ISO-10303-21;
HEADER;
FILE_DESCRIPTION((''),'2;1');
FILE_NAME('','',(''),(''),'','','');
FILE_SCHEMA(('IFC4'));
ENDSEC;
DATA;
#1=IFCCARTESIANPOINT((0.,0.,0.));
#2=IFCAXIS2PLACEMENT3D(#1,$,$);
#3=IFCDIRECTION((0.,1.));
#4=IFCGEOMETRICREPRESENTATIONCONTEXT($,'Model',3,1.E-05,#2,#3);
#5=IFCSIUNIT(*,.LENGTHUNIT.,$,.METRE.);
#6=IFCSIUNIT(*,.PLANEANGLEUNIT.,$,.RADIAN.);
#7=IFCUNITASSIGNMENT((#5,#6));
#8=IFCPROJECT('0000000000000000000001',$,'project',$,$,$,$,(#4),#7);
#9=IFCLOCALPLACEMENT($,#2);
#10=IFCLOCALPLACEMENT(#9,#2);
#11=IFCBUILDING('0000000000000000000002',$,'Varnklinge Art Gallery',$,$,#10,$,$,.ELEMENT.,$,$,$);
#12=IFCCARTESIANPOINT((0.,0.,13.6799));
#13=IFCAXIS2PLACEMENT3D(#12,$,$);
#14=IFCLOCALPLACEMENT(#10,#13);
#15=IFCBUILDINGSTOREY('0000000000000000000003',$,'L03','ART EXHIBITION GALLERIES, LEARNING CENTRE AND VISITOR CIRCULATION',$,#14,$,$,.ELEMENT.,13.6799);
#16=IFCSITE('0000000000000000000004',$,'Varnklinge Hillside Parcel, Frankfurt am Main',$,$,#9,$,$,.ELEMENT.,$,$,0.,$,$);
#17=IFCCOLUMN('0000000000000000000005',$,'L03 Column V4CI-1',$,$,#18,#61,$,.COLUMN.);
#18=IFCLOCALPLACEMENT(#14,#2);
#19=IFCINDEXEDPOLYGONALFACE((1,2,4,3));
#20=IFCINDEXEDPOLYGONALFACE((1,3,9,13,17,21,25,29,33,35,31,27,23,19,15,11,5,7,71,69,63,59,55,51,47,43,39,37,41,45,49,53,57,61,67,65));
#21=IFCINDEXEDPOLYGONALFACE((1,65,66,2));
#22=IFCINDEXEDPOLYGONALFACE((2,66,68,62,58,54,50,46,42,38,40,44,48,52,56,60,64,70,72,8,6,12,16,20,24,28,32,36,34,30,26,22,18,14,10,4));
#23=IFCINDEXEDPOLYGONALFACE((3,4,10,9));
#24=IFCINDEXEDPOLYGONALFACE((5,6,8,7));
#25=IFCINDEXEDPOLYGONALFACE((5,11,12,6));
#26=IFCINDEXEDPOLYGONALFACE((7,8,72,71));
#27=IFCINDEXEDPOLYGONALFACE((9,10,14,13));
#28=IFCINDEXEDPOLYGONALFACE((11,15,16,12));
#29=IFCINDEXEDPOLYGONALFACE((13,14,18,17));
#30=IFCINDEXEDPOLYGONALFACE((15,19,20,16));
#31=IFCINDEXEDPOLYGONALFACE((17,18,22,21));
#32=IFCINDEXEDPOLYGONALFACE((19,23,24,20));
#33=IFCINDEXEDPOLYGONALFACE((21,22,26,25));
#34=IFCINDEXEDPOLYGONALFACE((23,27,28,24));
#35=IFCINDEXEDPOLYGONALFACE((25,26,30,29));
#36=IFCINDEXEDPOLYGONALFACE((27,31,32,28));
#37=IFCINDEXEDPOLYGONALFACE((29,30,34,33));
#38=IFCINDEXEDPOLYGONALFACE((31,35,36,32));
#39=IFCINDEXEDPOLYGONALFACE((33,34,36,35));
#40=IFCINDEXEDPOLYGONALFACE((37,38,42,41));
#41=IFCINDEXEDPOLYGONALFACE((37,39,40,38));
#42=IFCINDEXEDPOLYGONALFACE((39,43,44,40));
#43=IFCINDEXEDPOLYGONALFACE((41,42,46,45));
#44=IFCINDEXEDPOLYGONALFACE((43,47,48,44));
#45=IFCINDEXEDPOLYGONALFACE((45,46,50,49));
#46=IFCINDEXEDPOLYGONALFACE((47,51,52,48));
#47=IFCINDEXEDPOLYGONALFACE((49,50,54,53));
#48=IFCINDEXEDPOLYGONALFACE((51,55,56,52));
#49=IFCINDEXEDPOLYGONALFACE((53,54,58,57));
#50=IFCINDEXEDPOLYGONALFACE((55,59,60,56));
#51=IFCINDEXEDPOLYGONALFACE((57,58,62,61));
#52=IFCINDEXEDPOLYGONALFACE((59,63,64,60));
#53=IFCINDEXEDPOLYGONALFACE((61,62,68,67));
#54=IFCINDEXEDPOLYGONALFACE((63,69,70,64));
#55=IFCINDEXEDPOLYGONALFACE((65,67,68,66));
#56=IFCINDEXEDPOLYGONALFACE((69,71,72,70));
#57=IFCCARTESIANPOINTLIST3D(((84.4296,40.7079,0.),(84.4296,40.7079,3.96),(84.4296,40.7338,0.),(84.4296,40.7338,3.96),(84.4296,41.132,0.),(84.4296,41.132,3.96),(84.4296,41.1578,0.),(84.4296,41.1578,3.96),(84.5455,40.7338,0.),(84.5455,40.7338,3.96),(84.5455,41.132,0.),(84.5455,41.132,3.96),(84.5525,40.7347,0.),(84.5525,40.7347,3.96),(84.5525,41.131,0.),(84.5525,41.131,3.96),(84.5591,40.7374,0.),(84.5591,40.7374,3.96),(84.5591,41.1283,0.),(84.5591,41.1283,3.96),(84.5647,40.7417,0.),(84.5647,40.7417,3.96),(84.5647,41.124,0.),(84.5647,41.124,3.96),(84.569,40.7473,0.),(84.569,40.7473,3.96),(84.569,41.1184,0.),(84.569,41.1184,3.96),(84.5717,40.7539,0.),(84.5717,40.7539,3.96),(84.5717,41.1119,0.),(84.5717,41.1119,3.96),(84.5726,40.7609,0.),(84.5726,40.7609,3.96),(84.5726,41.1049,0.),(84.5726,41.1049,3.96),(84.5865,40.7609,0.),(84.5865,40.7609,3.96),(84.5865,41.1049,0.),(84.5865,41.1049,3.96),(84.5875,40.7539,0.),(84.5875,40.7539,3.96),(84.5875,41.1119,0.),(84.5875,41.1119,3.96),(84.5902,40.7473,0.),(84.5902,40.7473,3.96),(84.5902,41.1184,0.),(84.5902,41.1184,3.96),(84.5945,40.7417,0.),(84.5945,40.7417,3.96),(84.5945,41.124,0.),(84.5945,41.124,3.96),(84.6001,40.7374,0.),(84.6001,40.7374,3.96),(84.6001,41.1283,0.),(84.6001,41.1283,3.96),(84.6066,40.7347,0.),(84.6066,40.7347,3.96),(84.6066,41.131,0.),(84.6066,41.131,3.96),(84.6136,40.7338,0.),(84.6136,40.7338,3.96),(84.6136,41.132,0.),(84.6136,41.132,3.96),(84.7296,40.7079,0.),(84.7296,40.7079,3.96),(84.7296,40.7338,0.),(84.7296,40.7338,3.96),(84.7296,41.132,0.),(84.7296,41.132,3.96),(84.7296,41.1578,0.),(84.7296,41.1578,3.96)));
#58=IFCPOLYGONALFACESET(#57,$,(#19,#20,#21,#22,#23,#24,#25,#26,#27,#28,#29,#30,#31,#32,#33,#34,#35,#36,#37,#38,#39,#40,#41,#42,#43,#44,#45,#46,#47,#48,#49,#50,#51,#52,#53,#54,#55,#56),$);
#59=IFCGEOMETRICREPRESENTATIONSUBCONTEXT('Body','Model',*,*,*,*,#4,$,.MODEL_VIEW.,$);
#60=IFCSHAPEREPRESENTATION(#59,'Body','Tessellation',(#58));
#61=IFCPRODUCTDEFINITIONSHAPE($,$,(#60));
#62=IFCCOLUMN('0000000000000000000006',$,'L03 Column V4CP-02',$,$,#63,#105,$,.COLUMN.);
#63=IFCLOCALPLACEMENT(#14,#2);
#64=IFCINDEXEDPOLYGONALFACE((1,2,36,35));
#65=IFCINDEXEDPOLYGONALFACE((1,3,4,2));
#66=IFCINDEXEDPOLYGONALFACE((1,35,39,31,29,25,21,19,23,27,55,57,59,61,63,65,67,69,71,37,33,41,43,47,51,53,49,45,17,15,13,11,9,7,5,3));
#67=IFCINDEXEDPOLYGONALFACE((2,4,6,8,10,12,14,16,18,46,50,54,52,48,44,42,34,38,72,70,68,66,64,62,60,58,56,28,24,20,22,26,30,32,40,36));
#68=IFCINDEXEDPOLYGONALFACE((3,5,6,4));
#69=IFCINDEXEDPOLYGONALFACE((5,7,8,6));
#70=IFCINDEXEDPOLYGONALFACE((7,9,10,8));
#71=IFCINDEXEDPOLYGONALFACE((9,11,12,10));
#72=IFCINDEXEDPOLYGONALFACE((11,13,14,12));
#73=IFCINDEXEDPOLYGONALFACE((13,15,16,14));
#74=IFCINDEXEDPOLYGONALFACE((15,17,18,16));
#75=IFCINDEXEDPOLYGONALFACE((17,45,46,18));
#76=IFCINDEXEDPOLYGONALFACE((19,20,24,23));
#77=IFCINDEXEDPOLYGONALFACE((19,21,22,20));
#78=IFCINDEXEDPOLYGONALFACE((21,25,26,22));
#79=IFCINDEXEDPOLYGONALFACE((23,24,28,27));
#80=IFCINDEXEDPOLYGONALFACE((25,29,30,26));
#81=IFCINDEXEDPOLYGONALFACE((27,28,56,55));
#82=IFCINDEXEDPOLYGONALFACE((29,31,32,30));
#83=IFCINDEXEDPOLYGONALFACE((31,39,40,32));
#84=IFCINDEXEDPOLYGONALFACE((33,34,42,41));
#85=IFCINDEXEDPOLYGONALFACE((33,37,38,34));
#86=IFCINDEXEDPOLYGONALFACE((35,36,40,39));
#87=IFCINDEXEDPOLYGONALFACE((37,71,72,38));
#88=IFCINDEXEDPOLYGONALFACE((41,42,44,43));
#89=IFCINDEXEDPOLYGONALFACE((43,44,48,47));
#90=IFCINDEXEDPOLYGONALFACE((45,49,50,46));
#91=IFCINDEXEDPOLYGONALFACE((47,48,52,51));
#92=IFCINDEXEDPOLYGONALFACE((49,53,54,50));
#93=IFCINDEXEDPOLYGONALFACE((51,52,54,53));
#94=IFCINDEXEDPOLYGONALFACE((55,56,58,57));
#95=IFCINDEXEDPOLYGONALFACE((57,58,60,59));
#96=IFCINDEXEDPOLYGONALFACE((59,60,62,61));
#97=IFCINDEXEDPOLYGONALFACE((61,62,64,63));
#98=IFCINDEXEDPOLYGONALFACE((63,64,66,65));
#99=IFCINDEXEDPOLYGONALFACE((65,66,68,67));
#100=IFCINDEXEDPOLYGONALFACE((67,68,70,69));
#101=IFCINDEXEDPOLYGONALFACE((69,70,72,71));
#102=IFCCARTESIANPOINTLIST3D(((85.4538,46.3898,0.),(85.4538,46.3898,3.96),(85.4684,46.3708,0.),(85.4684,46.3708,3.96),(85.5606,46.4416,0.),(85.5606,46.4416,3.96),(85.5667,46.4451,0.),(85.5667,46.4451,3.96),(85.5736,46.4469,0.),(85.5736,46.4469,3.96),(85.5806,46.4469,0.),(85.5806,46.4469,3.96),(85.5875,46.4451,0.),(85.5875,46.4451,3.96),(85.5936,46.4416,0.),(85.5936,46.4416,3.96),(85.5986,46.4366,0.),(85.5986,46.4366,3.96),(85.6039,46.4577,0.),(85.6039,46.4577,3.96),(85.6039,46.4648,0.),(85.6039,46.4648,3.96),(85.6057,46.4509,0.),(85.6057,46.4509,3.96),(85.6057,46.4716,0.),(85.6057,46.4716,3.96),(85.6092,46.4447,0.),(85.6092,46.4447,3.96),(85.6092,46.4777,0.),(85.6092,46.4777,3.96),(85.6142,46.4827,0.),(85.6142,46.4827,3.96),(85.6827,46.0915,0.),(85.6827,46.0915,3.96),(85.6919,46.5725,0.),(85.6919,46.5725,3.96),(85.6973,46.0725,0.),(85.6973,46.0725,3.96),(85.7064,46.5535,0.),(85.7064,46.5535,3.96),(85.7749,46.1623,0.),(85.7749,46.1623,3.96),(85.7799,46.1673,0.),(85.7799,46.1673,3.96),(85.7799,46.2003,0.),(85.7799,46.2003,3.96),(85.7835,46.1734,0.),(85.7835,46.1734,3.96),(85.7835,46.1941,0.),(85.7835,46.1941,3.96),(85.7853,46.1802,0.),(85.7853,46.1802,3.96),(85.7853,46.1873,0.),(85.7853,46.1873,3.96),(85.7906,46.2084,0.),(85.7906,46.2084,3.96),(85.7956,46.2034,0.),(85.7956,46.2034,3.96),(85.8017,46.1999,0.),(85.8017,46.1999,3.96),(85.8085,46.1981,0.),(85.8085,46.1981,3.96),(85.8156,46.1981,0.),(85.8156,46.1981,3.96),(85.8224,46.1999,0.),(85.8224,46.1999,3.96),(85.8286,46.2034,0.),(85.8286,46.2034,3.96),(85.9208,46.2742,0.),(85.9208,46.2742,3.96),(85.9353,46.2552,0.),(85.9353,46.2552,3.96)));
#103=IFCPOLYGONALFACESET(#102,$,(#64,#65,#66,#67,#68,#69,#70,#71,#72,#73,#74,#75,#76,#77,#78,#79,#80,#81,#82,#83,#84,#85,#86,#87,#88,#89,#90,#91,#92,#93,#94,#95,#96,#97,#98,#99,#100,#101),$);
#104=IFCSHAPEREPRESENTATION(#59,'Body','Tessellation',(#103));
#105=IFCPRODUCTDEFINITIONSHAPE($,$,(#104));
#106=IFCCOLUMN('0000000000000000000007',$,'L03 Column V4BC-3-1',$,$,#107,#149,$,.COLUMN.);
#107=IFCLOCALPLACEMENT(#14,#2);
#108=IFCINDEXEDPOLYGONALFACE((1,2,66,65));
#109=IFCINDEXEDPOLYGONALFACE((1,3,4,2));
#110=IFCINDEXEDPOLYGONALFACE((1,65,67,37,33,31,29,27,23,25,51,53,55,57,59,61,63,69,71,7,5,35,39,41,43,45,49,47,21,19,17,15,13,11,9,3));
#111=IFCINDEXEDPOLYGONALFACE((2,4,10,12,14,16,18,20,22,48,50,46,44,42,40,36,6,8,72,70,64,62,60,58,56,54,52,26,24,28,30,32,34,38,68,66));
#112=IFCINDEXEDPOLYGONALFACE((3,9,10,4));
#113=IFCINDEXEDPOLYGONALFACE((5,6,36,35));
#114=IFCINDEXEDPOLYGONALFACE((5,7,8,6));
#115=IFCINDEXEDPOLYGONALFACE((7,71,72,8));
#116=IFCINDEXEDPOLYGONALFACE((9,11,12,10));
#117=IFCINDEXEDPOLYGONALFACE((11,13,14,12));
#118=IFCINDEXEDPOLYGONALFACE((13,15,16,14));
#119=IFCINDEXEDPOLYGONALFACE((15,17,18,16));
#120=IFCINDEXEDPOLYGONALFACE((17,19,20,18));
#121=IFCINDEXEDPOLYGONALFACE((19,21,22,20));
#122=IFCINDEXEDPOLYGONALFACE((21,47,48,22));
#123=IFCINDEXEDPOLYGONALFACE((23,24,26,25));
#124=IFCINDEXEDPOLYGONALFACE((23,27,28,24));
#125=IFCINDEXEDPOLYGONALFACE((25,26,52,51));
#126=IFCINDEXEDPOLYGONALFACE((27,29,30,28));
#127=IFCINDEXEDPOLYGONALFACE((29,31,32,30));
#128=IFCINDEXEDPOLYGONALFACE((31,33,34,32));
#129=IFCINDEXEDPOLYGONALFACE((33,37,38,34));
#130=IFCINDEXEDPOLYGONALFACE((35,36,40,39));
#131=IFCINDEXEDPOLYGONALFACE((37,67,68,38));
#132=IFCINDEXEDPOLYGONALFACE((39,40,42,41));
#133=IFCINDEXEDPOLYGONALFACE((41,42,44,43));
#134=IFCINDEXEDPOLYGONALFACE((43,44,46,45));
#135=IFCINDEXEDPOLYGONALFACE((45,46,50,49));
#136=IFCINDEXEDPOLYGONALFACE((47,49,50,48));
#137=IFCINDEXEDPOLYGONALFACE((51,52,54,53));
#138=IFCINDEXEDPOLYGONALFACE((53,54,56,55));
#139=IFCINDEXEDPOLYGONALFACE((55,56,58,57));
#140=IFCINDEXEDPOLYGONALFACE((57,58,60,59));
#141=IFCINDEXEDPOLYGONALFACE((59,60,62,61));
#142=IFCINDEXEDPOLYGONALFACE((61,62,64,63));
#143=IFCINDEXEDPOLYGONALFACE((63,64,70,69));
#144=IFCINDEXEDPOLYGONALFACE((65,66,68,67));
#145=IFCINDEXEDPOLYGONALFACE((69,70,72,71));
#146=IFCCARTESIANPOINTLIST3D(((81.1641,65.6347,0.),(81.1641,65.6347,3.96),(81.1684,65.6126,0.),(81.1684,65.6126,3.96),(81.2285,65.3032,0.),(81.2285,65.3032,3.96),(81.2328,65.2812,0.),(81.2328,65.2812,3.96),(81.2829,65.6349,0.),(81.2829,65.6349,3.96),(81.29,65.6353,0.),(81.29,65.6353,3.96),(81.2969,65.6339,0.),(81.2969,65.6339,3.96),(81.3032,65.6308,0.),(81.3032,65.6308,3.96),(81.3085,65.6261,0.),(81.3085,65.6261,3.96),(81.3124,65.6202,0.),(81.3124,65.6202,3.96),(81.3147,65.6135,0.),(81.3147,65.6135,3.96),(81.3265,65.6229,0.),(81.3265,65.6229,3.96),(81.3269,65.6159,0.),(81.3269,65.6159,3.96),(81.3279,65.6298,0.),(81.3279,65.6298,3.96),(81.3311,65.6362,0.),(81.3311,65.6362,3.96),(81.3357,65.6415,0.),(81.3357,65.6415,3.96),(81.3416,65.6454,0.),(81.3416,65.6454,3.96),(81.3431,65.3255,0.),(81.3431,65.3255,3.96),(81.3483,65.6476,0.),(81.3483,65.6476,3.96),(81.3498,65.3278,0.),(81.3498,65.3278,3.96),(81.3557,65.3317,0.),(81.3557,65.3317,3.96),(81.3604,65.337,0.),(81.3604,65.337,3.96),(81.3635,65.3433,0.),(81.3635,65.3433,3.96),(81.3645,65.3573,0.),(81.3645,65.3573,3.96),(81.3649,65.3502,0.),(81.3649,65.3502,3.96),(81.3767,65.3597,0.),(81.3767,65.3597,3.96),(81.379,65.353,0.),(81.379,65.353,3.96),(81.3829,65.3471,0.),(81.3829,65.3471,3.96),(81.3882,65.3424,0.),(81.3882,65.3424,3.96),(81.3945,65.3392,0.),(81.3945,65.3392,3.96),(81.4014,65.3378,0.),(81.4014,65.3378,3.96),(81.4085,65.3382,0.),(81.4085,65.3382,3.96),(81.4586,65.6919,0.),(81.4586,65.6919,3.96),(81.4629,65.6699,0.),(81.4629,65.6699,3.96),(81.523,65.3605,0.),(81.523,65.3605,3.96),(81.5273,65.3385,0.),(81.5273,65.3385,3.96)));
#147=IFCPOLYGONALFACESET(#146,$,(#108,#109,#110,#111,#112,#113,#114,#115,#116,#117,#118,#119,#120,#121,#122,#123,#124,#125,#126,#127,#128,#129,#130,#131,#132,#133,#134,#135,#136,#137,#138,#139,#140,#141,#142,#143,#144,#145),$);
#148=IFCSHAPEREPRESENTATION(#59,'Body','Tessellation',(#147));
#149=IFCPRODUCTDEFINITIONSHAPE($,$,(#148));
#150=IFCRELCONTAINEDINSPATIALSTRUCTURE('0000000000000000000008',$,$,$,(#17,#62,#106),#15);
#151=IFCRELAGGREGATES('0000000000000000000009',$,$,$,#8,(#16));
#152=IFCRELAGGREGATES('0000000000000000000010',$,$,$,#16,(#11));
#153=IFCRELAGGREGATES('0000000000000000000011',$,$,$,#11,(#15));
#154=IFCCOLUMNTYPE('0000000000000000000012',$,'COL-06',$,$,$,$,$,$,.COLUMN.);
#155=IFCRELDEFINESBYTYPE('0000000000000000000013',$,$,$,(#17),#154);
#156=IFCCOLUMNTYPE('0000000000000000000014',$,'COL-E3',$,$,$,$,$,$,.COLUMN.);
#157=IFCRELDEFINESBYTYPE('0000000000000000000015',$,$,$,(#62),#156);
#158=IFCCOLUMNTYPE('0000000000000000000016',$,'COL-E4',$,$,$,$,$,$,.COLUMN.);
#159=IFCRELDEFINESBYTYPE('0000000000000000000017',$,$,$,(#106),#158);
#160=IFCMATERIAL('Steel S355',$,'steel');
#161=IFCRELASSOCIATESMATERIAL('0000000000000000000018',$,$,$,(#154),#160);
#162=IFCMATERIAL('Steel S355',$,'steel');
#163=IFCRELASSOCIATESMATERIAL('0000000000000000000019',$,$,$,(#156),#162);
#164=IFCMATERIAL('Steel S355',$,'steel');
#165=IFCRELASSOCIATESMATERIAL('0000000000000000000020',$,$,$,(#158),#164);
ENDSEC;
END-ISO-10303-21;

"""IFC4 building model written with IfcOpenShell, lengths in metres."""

from ifc_helpers import new_model, si_unit, direction, frame, origin, origin_2d, place, context, subcontext, project, spatial, i_section, extrude, material, material_profile, profile_set, type_object, element, save


model = new_model("IFC4")

# Units and contexts
model_context = context("Model", 3, precision=1e-05, world=origin(), true_north=direction((0.0, 1.0)))
body_context = subcontext(model_context, "Body", "Model", "MODEL_VIEW")
ifc_project = project(units=[si_unit("LENGTHUNIT", "METRE"), si_unit("PLANEANGLEUNIT", "RADIAN")], contexts=[model_context])

# Site, building, storey
site_placement = place(None, origin())
site = spatial("IfcSite", under=ifc_project, at=site_placement, Name="Varnklinge Hillside Parcel, Frankfurt am Main", CompositionType="ELEMENT", RefElevation=0.0)
building_placement = place(site_placement, origin())
building = spatial("IfcBuilding", under=site, at=building_placement, Name="Varnklinge Art Gallery", CompositionType="ELEMENT")
storey_placement = place(building_placement, frame((0.0, 0.0, 13.6799)))
storey = spatial("IfcBuildingStorey", under=building, at=storey_placement, Name="L03", Description="ART EXHIBITION GALLERIES, LEARNING CENTRE AND VISITOR CIRCULATION", CompositionType="ELEMENT", Elevation=13.6799)

# Columns
ifc_material_1 = material(Name="Steel S355", Category="steel")
ifc_material_profile_1 = material_profile(ifc_material_1, i_section(OverallWidth=0.3, OverallDepth=0.45, WebThickness=0.0139, FlangeThickness=0.0259, FilletRadius=0.0271, at=origin_2d()), Name="HEB 450")
ifc_profile_set_1 = profile_set([ifc_material_profile_1], Name="Steel S355")
column_type_1 = type_object("IfcColumnType", Name="COL-06", PredefinedType="COLUMN", material=ifc_profile_set_1)
column_1_placement = place(storey_placement, frame((84.5796, 40.9329, 0.0), z_axis=(0.0, 0.0, 1.0), x_axis=(1.0, 0.0, 0.0)))
element("IfcColumn", 1, at=column_1_placement, inside=storey, type_object=column_type_1, Name="L03 Column V4CI-1", PredefinedType="COLUMN", context=body_context, shape_type="SweptSolid", body=[
    extrude(i_section(OverallWidth=0.3, OverallDepth=0.45, WebThickness=0.0139, FlangeThickness=0.0259, FilletRadius=0.0271, at=origin_2d()), origin(), (0.0, 0.0, 1.0), 3.96),
])
ifc_material_2 = material(Name="Steel S355", Category="steel")
ifc_material_profile_2 = material_profile(ifc_material_2, i_section(OverallWidth=0.3, OverallDepth=0.3999, WebThickness=0.0134, FlangeThickness=0.0239, FilletRadius=0.0271, at=origin_2d()), Name="HEB 400")
ifc_profile_set_2 = profile_set([ifc_material_profile_2], Name="Steel S355")
column_type_2 = type_object("IfcColumnType", Name="COL-E3", PredefinedType="COLUMN", material=ifc_profile_set_2)
column_2_placement = place(storey_placement, frame((85.6946, 46.3225, 0.0), z_axis=(0.0, 0.0, 1.0), x_axis=(0.793353, 0.608761, 0.0)))
element("IfcColumn", 2, at=column_2_placement, inside=storey, type_object=column_type_2, Name="L03 Column V4CP-02", PredefinedType="COLUMN", context=body_context, shape_type="SweptSolid", body=[
    extrude(i_section(OverallWidth=0.3, OverallDepth=0.3999, WebThickness=0.0134, FlangeThickness=0.0239, FilletRadius=0.0271, at=origin_2d()), origin(), (0.0, 0.0, 1.0), 3.96),
])
ifc_material_3 = material(Name="Steel S355", Category="steel")
ifc_material_profile_3 = material_profile(ifc_material_3, i_section(OverallWidth=0.3, OverallDepth=0.3601, WebThickness=0.0125, FlangeThickness=0.0225, FilletRadius=0.0271, at=origin_2d()), Name="HEB 360")
ifc_profile_set_3 = profile_set([ifc_material_profile_3], Name="Steel S355")
column_type_3 = type_object("IfcColumnType", Name="COL-E4", PredefinedType="COLUMN", material=ifc_profile_set_3)
column_3_placement = place(storey_placement, frame((81.3457, 65.4866, 0.0), z_axis=(0.0, 0.0, 1.0), x_axis=(0.981627, 0.190809, 0.0)))
element("IfcColumn", 3, at=column_3_placement, inside=storey, type_object=column_type_3, Name="L03 Column V4BC-3-1", PredefinedType="COLUMN", context=body_context, shape_type="SweptSolid", body=[
    extrude(i_section(OverallWidth=0.3, OverallDepth=0.3601, WebThickness=0.0125, FlangeThickness=0.0225, FilletRadius=0.0271, at=origin_2d()), origin(), (0.0, 0.0, 1.0), 3.96),
])

save(model, "model.ifc")
